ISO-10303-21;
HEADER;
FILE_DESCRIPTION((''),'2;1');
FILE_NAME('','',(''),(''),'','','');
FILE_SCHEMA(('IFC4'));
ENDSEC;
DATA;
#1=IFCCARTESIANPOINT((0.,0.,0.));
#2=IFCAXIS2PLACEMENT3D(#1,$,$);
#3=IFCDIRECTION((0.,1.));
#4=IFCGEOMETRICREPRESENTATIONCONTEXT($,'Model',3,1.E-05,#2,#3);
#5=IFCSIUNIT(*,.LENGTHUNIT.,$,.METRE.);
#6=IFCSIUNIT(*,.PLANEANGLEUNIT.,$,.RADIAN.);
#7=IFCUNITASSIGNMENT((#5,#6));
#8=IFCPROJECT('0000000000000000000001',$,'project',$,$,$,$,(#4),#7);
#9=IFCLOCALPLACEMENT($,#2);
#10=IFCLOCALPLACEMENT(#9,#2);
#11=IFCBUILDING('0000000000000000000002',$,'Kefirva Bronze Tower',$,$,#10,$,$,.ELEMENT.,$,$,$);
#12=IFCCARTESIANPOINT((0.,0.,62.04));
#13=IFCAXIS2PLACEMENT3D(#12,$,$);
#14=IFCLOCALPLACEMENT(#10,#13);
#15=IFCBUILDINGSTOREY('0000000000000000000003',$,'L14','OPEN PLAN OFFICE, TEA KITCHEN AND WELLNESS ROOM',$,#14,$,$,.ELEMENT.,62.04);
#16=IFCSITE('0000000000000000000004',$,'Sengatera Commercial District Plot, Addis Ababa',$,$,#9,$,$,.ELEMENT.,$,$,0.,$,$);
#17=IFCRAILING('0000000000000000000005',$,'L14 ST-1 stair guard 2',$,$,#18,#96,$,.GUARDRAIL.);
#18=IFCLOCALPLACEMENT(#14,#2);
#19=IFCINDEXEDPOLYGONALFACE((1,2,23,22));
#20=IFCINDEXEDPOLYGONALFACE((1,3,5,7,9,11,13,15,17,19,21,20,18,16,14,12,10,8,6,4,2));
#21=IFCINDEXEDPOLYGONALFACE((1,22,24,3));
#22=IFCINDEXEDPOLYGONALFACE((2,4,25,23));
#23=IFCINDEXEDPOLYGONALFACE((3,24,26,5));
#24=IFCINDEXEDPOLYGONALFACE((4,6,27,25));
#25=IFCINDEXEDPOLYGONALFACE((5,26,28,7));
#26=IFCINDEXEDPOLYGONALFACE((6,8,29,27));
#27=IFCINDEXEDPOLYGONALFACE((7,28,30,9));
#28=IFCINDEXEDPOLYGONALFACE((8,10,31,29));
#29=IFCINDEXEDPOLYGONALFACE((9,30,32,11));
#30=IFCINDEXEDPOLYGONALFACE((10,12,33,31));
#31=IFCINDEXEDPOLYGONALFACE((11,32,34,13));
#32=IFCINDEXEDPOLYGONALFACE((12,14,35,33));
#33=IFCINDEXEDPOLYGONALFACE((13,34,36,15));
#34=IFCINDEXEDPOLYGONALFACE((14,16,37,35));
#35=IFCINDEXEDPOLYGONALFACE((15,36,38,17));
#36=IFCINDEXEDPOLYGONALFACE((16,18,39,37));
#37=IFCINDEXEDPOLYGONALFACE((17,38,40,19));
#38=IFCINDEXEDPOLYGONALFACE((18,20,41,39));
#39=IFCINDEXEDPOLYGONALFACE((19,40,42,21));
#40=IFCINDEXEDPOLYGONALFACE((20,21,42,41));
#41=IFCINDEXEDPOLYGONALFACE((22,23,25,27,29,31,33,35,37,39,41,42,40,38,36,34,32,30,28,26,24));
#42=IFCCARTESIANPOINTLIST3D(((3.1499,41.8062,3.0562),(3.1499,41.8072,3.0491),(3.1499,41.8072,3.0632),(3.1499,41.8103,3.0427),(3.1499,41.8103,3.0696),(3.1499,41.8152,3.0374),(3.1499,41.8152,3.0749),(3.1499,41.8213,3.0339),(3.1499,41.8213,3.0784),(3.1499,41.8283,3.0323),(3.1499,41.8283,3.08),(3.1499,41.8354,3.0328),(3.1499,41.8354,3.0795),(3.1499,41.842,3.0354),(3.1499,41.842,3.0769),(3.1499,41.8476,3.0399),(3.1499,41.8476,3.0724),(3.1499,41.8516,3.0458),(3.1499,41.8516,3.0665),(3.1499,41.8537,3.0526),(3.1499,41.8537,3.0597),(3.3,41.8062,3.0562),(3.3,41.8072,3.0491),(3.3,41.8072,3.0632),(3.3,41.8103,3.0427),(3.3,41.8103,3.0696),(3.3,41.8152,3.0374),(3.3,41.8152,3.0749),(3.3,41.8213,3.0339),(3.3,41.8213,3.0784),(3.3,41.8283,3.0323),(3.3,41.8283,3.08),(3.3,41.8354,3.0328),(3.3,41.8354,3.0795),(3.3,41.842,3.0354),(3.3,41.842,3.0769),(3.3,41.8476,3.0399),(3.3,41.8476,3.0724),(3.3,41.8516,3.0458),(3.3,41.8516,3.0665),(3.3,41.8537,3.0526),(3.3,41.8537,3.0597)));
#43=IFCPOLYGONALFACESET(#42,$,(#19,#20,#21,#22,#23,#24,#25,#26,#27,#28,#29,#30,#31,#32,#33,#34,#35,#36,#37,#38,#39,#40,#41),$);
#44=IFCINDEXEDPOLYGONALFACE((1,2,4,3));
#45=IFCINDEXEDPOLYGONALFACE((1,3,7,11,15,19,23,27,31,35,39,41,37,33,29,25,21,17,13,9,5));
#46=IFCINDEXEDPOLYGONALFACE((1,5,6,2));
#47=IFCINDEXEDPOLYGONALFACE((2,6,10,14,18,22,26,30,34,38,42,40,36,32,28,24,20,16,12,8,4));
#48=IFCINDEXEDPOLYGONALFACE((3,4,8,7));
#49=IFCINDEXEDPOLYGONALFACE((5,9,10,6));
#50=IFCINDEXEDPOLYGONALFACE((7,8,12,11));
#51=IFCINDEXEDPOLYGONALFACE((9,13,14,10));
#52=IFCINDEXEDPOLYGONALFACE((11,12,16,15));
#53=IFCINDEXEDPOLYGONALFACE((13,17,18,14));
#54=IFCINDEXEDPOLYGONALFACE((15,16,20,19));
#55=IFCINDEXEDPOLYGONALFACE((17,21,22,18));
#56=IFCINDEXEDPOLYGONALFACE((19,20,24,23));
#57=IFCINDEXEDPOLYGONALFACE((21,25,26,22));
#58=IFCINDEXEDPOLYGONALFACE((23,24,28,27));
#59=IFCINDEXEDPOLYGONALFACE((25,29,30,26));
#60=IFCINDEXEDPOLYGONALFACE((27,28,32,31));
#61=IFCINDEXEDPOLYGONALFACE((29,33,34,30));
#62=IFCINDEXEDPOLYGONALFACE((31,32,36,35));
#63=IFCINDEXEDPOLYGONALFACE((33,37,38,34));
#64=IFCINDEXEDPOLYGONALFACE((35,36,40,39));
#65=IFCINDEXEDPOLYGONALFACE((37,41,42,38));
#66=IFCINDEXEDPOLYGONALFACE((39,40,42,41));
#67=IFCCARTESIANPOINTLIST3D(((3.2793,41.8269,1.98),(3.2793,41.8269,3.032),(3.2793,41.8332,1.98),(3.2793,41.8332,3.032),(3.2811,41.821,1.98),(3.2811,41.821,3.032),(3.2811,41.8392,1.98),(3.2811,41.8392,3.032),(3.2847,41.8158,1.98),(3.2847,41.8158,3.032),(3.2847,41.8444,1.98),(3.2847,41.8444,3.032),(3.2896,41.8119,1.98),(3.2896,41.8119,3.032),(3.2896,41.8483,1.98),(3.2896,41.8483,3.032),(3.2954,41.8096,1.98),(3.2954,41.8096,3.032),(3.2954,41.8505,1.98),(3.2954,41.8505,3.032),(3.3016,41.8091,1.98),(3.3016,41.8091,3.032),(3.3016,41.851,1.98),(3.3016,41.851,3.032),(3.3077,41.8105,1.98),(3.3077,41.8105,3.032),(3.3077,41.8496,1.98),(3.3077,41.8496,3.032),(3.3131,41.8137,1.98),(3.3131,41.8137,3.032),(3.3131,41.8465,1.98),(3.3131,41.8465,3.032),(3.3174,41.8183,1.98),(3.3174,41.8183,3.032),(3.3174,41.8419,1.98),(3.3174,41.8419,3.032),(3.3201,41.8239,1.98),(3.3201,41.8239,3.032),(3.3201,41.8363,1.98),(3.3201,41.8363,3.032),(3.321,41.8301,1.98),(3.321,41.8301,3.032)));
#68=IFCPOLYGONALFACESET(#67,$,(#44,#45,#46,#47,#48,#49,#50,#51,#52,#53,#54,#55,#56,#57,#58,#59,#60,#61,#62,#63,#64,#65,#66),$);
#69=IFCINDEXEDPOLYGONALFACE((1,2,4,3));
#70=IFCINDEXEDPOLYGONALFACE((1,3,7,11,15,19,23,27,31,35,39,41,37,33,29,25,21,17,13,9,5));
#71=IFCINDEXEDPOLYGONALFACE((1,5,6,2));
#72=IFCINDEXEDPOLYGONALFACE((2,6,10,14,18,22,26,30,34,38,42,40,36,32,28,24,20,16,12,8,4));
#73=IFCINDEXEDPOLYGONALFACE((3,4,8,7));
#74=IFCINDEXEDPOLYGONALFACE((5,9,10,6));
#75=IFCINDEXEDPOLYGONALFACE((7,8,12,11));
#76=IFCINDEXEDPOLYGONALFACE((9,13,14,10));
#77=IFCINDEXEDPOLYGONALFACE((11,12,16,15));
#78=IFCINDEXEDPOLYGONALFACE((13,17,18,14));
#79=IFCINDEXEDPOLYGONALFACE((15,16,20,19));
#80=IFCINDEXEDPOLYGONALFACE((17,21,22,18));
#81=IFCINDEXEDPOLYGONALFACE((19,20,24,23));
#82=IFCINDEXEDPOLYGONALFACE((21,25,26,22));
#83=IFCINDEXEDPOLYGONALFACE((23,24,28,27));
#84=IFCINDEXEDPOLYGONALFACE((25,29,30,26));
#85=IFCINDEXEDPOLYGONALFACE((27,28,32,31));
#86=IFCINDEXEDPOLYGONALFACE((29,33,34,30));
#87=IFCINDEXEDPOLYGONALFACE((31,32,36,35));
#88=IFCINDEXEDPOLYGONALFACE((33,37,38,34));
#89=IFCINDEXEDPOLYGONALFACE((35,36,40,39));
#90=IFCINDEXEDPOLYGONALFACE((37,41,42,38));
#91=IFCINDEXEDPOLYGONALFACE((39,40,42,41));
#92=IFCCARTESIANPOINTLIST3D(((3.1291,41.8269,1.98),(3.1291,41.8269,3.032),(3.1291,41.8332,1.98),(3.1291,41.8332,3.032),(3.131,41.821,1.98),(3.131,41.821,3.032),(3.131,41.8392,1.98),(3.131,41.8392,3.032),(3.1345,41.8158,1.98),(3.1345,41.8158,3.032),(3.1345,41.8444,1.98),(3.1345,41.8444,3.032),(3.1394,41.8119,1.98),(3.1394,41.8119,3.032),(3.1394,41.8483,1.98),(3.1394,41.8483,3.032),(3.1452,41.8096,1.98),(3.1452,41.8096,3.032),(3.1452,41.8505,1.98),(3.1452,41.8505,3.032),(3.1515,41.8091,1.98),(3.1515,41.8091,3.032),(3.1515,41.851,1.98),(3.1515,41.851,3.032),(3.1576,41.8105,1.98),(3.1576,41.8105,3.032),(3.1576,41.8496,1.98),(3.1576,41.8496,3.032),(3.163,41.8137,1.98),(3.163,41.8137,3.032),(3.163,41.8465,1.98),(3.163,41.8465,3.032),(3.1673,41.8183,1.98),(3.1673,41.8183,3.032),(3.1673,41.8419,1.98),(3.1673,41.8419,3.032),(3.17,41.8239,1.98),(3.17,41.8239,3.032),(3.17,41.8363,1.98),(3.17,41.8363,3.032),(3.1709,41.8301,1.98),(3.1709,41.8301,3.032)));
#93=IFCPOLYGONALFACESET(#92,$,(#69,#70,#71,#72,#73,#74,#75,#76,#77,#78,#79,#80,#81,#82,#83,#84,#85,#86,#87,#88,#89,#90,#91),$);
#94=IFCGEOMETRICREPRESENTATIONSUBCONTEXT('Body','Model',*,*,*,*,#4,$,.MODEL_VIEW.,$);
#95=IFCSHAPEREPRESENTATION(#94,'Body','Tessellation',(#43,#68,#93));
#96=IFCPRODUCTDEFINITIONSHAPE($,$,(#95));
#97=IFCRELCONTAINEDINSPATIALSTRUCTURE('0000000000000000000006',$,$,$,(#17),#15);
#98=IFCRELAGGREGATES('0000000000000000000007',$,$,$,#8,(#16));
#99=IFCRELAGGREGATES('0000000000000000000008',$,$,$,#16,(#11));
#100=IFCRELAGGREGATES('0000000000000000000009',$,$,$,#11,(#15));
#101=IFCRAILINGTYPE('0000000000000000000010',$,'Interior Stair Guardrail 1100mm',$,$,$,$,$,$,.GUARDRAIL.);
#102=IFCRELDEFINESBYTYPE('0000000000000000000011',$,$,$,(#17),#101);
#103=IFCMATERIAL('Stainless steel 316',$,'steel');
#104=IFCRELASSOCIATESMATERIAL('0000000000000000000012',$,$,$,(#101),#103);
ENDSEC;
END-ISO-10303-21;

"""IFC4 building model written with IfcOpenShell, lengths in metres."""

from ifc_helpers import new_model, si_unit, direction, frame, origin, origin_2d, place, context, subcontext, project, spatial, circle, extrude, material, type_object, element, save


model = new_model("IFC4")

# Units and contexts
model_context = context("Model", 3, precision=1e-05, world=origin(), true_north=direction((0.0, 1.0)))
body_context = subcontext(model_context, "Body", "Model", "MODEL_VIEW")
ifc_project = project(units=[si_unit("LENGTHUNIT", "METRE"), si_unit("PLANEANGLEUNIT", "RADIAN")], contexts=[model_context])

# Site, building, storey
site_placement = place(None, origin())
site = spatial("IfcSite", under=ifc_project, at=site_placement, Name="Sengatera Commercial District Plot, Addis Ababa", CompositionType="ELEMENT", RefElevation=0.0)
building_placement = place(site_placement, origin())
building = spatial("IfcBuilding", under=site, at=building_placement, Name="Kefirva Bronze Tower", CompositionType="ELEMENT")
storey_placement = place(building_placement, frame((0.0, 0.0, 62.04)))
storey = spatial("IfcBuildingStorey", under=building, at=storey_placement, Name="L14", Description="OPEN PLAN OFFICE, TEA KITCHEN AND WELLNESS ROOM", CompositionType="ELEMENT", Elevation=62.04)

# Railing
ifc_material_1 = material(Name="Stainless steel 316", Category="steel")
railing_type_1 = type_object("IfcRailingType", Name="Interior Stair Guardrail 1100mm", PredefinedType="GUARDRAIL", material=ifc_material_1)
railing_1_placement = place(storey_placement, frame((3.3, 41.8301, 1.98)))
element("IfcRailing", 1, at=railing_1_placement, inside=storey, type_object=railing_type_1, Name="L14 ST-1 stair guard 2", PredefinedType="GUARDRAIL", context=body_context, shape_type="SweptSolid", body=[
    extrude(circle(Radius=0.0239, at=origin_2d()), frame((0.0, 0.0, 1.0762), z_axis=(-1.0, 0.0, 0.0), x_axis=(0.0, -1.0, 0.0)), (0.0, 0.0, 1.0), 0.1501),
    extrude(circle(Radius=0.021, at=origin_2d()), origin(), (0.0, 0.0, 1.0), 1.052),
    extrude(circle(Radius=0.021, at=origin_2d()), frame((-0.1501, 0.0, 0.0)), (0.0, 0.0, 1.0), 1.052),
])

save(model, "model.ifc")
